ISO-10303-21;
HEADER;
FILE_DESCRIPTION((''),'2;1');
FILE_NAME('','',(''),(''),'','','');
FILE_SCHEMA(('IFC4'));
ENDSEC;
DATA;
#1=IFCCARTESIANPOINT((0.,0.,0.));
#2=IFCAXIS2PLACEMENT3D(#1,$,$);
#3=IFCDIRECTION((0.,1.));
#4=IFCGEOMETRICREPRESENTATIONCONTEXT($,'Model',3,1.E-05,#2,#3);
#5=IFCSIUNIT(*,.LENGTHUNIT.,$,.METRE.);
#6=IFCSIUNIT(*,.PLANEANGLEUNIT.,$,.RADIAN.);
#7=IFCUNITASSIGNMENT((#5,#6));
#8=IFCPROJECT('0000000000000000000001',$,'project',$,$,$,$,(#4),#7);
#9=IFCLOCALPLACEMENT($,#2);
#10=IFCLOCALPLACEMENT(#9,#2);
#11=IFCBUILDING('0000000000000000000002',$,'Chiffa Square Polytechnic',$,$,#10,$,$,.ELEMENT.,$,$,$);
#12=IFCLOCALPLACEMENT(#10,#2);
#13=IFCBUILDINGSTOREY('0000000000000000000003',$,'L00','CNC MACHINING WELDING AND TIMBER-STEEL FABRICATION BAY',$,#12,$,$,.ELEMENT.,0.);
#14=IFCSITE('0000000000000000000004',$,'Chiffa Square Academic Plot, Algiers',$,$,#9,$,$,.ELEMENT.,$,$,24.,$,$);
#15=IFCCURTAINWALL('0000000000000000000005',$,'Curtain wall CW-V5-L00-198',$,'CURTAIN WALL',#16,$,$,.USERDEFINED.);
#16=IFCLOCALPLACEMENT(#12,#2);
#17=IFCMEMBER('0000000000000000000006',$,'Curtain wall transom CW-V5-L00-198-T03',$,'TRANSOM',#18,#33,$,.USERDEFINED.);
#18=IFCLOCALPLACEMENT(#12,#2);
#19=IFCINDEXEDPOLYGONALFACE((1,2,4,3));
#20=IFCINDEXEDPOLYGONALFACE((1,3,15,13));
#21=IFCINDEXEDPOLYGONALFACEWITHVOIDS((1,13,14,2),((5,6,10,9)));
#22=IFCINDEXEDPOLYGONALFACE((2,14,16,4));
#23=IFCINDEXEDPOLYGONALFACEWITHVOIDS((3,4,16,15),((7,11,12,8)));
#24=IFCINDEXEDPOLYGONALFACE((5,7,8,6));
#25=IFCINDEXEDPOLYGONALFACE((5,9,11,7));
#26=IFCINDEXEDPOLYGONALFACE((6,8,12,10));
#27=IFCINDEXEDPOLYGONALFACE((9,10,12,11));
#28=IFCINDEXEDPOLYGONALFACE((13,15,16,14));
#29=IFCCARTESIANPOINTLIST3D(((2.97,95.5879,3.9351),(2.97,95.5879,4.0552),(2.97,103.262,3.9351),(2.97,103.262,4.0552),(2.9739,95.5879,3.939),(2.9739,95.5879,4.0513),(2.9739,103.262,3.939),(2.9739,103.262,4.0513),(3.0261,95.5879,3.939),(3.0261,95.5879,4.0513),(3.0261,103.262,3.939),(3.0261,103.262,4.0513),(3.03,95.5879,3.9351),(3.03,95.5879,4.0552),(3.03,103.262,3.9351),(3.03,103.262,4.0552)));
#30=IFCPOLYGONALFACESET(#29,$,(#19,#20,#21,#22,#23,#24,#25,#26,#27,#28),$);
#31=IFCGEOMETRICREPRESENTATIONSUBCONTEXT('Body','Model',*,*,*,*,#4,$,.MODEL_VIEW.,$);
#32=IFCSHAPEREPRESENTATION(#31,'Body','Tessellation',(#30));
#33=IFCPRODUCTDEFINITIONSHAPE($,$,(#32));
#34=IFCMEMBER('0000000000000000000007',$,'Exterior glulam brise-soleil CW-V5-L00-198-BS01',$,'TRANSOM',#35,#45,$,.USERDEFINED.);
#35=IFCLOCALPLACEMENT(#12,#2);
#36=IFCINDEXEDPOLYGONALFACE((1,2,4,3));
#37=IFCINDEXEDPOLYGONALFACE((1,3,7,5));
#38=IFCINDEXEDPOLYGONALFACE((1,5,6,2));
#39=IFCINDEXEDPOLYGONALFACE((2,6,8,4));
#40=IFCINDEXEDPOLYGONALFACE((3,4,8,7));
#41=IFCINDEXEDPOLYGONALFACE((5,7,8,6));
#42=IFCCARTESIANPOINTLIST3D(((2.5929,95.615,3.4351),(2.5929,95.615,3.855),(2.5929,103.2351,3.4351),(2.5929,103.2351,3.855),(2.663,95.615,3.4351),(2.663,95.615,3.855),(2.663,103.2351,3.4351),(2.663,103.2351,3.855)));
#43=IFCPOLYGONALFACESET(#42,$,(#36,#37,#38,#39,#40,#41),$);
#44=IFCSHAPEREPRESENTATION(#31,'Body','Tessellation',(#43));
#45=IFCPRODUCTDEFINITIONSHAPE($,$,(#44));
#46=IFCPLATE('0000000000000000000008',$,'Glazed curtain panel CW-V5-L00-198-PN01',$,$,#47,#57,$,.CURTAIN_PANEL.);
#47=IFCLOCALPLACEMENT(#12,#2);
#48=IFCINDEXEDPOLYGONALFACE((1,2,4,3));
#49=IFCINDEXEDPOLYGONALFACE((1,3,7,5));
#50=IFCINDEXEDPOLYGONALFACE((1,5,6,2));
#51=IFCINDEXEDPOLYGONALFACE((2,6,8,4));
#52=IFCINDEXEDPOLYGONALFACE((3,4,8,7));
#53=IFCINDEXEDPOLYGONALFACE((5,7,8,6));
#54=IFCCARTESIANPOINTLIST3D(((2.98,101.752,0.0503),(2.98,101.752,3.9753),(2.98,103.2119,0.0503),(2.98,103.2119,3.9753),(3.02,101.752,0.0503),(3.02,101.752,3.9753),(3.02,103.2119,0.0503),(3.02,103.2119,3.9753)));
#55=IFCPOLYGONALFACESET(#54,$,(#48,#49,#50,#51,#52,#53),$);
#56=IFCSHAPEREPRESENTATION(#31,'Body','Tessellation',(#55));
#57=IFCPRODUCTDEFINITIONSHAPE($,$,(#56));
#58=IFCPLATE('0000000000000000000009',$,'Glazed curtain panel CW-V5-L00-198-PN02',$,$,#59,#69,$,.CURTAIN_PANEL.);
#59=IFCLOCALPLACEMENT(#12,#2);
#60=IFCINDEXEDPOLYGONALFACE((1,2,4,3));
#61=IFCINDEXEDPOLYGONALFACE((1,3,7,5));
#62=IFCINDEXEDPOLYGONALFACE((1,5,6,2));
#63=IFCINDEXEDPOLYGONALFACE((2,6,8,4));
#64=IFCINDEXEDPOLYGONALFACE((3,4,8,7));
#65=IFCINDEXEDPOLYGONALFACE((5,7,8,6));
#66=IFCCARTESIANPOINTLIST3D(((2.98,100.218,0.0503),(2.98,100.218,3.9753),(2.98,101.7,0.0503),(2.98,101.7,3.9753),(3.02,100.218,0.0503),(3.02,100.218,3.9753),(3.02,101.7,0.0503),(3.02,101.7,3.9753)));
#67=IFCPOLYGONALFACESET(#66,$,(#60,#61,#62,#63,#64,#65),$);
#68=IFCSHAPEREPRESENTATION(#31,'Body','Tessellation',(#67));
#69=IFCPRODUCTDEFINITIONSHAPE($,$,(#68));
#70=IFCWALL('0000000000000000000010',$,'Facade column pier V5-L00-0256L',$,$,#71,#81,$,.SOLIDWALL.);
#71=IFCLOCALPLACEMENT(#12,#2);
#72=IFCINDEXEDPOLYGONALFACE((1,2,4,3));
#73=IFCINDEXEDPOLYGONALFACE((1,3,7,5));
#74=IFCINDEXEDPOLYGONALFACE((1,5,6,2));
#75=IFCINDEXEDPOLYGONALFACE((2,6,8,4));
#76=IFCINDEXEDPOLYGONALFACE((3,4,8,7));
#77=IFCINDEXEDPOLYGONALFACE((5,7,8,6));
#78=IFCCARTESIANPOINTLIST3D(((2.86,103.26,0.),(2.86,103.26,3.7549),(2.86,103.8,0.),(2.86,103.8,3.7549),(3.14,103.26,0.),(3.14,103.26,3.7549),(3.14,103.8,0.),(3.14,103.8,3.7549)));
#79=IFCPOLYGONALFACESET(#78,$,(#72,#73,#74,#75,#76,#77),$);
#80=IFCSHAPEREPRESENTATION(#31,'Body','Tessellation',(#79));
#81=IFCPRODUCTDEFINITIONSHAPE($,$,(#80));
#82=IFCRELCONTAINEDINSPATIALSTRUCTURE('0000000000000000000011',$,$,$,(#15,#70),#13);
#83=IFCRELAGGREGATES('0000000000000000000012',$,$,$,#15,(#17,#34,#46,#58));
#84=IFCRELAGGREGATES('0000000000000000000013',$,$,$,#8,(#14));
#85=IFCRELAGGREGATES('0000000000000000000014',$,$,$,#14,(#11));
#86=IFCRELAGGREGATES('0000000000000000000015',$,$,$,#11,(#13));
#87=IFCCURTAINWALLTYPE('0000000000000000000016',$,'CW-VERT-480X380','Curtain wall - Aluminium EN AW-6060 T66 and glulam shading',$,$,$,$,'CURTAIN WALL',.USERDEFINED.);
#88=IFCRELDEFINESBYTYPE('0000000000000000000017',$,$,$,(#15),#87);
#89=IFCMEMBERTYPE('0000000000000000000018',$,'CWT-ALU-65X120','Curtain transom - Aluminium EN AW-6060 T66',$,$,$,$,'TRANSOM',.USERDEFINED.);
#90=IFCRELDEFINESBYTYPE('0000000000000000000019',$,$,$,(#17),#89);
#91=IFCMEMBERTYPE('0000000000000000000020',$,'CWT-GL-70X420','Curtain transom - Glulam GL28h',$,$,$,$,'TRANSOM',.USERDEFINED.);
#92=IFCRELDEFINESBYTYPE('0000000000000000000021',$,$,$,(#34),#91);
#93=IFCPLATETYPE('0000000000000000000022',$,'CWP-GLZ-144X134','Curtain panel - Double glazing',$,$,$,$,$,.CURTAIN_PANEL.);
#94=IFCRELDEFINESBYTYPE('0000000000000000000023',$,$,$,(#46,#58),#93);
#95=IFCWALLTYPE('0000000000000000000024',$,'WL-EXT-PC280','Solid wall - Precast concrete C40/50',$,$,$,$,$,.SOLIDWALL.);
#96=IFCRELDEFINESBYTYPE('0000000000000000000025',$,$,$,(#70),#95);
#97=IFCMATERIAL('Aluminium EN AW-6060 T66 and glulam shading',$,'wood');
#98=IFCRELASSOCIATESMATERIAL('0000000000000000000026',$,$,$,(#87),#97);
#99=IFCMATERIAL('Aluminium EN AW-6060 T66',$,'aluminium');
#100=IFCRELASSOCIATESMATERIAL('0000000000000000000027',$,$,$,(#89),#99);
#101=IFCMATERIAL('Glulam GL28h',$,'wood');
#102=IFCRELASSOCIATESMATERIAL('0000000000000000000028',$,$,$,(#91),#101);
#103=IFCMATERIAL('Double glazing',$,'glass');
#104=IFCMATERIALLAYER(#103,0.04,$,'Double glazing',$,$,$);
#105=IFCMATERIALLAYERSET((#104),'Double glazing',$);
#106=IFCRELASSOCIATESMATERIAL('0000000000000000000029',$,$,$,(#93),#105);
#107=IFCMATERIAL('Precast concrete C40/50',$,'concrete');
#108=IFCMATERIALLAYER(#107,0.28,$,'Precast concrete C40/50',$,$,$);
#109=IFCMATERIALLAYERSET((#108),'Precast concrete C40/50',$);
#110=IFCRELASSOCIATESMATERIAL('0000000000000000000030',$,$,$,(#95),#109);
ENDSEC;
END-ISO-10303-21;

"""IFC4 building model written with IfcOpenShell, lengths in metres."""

from ifc_helpers import new_model, si_unit, direction, frame, frame_2d, origin, origin_2d, place, context, subcontext, project, spatial, rectangle, hollow_rectangle, extrude, material, layer, layer_set, material_profile, profile_set, type_object, element, aggregate, save


model = new_model("IFC4")

# Units and contexts
model_context = context("Model", 3, precision=1e-05, world=origin(), true_north=direction((0.0, 1.0)))
body_context = subcontext(model_context, "Body", "Model", "MODEL_VIEW")
ifc_project = project(units=[si_unit("LENGTHUNIT", "METRE"), si_unit("PLANEANGLEUNIT", "RADIAN")], contexts=[model_context])

# Site, building, storey
site_placement = place(None, origin())
site = spatial("IfcSite", under=ifc_project, at=site_placement, Name="Chiffa Square Academic Plot, Algiers", CompositionType="ELEMENT", RefElevation=24.0)
building_placement = place(site_placement, origin())
building = spatial("IfcBuilding", under=site, at=building_placement, Name="Chiffa Square Polytechnic", CompositionType="ELEMENT")
storey_placement = place(building_placement, origin())
storey = spatial("IfcBuildingStorey", under=building, at=storey_placement, Name="L00", Description="CNC MACHINING WELDING AND TIMBER-STEEL FABRICATION BAY", CompositionType="ELEMENT", Elevation=0.0)

# Curtain wall, members, plates
ifc_material_1 = material(Name="Aluminium EN AW-6060 T66 and glulam shading", Category="wood")
curtain_wall_type = type_object("IfcCurtainWallType", Name="CW-VERT-480X380", Description="Curtain wall - Aluminium EN AW-6060 T66 and glulam shading", ElementType="CURTAIN WALL", PredefinedType="USERDEFINED", material=ifc_material_1)
curtain_wall_placement = place(storey_placement, origin())
curtain_wall = element("IfcCurtainWall", 1, at=curtain_wall_placement, inside=storey, type_object=curtain_wall_type, Name="Curtain wall CW-V5-L00-198", ObjectType="CURTAIN WALL", PredefinedType="USERDEFINED")
ifc_material_2 = material(Name="Aluminium EN AW-6060 T66", Category="aluminium")
ifc_material_3 = material(Name="Glulam GL28h", Category="wood")
ifc_material_profile_1 = material_profile(ifc_material_2, hollow_rectangle(XDim=0.0601, YDim=0.1201, WallThickness=0.0039, at=origin_2d()), Name="ALU 60x120x4")
ifc_profile_set_1 = profile_set([ifc_material_profile_1], Name="Aluminium EN AW-6060 T66")
member_type_1 = type_object("IfcMemberType", Name="CWT-ALU-65X120", Description="Curtain transom - Aluminium EN AW-6060 T66", ElementType="TRANSOM", PredefinedType="USERDEFINED", material=ifc_profile_set_1)
member_1_placement = place(storey_placement, frame((3.0, 103.262, 3.9951), z_axis=(0.0, -1.0, 0.0), x_axis=(1.0, 0.0, 0.0)))
member_1 = element("IfcMember", 2, at=member_1_placement, type_object=member_type_1, Name="Curtain wall transom CW-V5-L00-198-T03", ObjectType="TRANSOM", PredefinedType="USERDEFINED", context=body_context, shape_type="SweptSolid", body=[
    extrude(hollow_rectangle(XDim=0.0601, YDim=0.1201, WallThickness=0.0039, at=origin_2d()), origin(), (0.0, 0.0, 1.0), 7.6741),
])
ifc_material_profile_2 = material_profile(ifc_material_3, rectangle(XDim=0.0701, YDim=0.4199, at=origin_2d()), Name="GL28h 70x420")
ifc_profile_set_2 = profile_set([ifc_material_profile_2], Name="Glulam GL28h")
member_type_2 = type_object("IfcMemberType", Name="CWT-GL-70X420", Description="Curtain transom - Glulam GL28h", ElementType="TRANSOM", PredefinedType="USERDEFINED", material=ifc_profile_set_2)
member_2_placement = place(storey_placement, frame((2.6279, 103.2351, 3.645), z_axis=(0.0, -1.0, 0.0), x_axis=(1.0, 0.0, 0.0)))
member_2 = element("IfcMember", 3, at=member_2_placement, type_object=member_type_2, Name="Exterior glulam brise-soleil CW-V5-L00-198-BS01", ObjectType="TRANSOM", PredefinedType="USERDEFINED", context=body_context, shape_type="SweptSolid", body=[
    extrude(rectangle(XDim=0.0701, YDim=0.4199, at=origin_2d()), origin(), (0.0, 0.0, 1.0), 7.6201),
])
ifc_material_4 = material(Name="Double glazing", Category="glass")
ifc_layer_1 = layer(ifc_material_4, 0.04, Name="Double glazing")
ifc_layer_set_1 = layer_set([ifc_layer_1], Name="Double glazing")
plate_type = type_object("IfcPlateType", Name="CWP-GLZ-144X134", Description="Curtain panel - Double glazing", PredefinedType="CURTAIN_PANEL", material=ifc_layer_set_1)
plate_1_placement = place(storey_placement, frame((3.0, 102.4819, 0.0503), z_axis=(0.0, 0.0, 1.0), x_axis=(0.0, -1.0, 0.0)))
plate_1 = element("IfcPlate", 4, at=plate_1_placement, type_object=plate_type, Name="Glazed curtain panel CW-V5-L00-198-PN01", PredefinedType="CURTAIN_PANEL", context=body_context, shape_type="SweptSolid", body=[
    extrude(rectangle(XDim=1.46, YDim=0.04, at=origin_2d()), origin(), (0.0, 0.0, 1.0), 3.925),
])
plate_2_placement = place(storey_placement, frame((3.0, 100.959, 0.0503), z_axis=(0.0, 0.0, 1.0), x_axis=(0.0, -1.0, 0.0)))
plate_2 = element("IfcPlate", 5, at=plate_2_placement, type_object=plate_type, Name="Glazed curtain panel CW-V5-L00-198-PN02", PredefinedType="CURTAIN_PANEL", context=body_context, shape_type="SweptSolid", body=[
    extrude(rectangle(XDim=1.4819, YDim=0.04, at=origin_2d()), origin(), (0.0, 0.0, 1.0), 3.925),
])
aggregate(curtain_wall, [member_1, member_2, plate_1, plate_2])

# Wall
ifc_material_5 = material(Name="Precast concrete C40/50", Category="concrete")
ifc_layer_2 = layer(ifc_material_5, 0.28, Name="Precast concrete C40/50")
ifc_layer_set_2 = layer_set([ifc_layer_2], Name="Precast concrete C40/50")
wall_type = type_object("IfcWallType", Name="WL-EXT-PC280", Description="Solid wall - Precast concrete C40/50", PredefinedType="SOLIDWALL", material=ifc_layer_set_2)
wall_placement = place(storey_placement, frame((3.0, 103.8, 0.0), z_axis=(0.0, 0.0, 1.0), x_axis=(0.0, -1.0, 0.0)))
element("IfcWall", 6, at=wall_placement, inside=storey, type_object=wall_type, Name="Facade column pier V5-L00-0256L", PredefinedType="SOLIDWALL", context=body_context, shape_type="SweptSolid", body=[
    extrude(rectangle(XDim=0.54, YDim=0.28, at=frame_2d((0.27, 0.0))), origin(), (0.0, 0.0, 1.0), 3.7549),
])

save(model, "model.ifc")
